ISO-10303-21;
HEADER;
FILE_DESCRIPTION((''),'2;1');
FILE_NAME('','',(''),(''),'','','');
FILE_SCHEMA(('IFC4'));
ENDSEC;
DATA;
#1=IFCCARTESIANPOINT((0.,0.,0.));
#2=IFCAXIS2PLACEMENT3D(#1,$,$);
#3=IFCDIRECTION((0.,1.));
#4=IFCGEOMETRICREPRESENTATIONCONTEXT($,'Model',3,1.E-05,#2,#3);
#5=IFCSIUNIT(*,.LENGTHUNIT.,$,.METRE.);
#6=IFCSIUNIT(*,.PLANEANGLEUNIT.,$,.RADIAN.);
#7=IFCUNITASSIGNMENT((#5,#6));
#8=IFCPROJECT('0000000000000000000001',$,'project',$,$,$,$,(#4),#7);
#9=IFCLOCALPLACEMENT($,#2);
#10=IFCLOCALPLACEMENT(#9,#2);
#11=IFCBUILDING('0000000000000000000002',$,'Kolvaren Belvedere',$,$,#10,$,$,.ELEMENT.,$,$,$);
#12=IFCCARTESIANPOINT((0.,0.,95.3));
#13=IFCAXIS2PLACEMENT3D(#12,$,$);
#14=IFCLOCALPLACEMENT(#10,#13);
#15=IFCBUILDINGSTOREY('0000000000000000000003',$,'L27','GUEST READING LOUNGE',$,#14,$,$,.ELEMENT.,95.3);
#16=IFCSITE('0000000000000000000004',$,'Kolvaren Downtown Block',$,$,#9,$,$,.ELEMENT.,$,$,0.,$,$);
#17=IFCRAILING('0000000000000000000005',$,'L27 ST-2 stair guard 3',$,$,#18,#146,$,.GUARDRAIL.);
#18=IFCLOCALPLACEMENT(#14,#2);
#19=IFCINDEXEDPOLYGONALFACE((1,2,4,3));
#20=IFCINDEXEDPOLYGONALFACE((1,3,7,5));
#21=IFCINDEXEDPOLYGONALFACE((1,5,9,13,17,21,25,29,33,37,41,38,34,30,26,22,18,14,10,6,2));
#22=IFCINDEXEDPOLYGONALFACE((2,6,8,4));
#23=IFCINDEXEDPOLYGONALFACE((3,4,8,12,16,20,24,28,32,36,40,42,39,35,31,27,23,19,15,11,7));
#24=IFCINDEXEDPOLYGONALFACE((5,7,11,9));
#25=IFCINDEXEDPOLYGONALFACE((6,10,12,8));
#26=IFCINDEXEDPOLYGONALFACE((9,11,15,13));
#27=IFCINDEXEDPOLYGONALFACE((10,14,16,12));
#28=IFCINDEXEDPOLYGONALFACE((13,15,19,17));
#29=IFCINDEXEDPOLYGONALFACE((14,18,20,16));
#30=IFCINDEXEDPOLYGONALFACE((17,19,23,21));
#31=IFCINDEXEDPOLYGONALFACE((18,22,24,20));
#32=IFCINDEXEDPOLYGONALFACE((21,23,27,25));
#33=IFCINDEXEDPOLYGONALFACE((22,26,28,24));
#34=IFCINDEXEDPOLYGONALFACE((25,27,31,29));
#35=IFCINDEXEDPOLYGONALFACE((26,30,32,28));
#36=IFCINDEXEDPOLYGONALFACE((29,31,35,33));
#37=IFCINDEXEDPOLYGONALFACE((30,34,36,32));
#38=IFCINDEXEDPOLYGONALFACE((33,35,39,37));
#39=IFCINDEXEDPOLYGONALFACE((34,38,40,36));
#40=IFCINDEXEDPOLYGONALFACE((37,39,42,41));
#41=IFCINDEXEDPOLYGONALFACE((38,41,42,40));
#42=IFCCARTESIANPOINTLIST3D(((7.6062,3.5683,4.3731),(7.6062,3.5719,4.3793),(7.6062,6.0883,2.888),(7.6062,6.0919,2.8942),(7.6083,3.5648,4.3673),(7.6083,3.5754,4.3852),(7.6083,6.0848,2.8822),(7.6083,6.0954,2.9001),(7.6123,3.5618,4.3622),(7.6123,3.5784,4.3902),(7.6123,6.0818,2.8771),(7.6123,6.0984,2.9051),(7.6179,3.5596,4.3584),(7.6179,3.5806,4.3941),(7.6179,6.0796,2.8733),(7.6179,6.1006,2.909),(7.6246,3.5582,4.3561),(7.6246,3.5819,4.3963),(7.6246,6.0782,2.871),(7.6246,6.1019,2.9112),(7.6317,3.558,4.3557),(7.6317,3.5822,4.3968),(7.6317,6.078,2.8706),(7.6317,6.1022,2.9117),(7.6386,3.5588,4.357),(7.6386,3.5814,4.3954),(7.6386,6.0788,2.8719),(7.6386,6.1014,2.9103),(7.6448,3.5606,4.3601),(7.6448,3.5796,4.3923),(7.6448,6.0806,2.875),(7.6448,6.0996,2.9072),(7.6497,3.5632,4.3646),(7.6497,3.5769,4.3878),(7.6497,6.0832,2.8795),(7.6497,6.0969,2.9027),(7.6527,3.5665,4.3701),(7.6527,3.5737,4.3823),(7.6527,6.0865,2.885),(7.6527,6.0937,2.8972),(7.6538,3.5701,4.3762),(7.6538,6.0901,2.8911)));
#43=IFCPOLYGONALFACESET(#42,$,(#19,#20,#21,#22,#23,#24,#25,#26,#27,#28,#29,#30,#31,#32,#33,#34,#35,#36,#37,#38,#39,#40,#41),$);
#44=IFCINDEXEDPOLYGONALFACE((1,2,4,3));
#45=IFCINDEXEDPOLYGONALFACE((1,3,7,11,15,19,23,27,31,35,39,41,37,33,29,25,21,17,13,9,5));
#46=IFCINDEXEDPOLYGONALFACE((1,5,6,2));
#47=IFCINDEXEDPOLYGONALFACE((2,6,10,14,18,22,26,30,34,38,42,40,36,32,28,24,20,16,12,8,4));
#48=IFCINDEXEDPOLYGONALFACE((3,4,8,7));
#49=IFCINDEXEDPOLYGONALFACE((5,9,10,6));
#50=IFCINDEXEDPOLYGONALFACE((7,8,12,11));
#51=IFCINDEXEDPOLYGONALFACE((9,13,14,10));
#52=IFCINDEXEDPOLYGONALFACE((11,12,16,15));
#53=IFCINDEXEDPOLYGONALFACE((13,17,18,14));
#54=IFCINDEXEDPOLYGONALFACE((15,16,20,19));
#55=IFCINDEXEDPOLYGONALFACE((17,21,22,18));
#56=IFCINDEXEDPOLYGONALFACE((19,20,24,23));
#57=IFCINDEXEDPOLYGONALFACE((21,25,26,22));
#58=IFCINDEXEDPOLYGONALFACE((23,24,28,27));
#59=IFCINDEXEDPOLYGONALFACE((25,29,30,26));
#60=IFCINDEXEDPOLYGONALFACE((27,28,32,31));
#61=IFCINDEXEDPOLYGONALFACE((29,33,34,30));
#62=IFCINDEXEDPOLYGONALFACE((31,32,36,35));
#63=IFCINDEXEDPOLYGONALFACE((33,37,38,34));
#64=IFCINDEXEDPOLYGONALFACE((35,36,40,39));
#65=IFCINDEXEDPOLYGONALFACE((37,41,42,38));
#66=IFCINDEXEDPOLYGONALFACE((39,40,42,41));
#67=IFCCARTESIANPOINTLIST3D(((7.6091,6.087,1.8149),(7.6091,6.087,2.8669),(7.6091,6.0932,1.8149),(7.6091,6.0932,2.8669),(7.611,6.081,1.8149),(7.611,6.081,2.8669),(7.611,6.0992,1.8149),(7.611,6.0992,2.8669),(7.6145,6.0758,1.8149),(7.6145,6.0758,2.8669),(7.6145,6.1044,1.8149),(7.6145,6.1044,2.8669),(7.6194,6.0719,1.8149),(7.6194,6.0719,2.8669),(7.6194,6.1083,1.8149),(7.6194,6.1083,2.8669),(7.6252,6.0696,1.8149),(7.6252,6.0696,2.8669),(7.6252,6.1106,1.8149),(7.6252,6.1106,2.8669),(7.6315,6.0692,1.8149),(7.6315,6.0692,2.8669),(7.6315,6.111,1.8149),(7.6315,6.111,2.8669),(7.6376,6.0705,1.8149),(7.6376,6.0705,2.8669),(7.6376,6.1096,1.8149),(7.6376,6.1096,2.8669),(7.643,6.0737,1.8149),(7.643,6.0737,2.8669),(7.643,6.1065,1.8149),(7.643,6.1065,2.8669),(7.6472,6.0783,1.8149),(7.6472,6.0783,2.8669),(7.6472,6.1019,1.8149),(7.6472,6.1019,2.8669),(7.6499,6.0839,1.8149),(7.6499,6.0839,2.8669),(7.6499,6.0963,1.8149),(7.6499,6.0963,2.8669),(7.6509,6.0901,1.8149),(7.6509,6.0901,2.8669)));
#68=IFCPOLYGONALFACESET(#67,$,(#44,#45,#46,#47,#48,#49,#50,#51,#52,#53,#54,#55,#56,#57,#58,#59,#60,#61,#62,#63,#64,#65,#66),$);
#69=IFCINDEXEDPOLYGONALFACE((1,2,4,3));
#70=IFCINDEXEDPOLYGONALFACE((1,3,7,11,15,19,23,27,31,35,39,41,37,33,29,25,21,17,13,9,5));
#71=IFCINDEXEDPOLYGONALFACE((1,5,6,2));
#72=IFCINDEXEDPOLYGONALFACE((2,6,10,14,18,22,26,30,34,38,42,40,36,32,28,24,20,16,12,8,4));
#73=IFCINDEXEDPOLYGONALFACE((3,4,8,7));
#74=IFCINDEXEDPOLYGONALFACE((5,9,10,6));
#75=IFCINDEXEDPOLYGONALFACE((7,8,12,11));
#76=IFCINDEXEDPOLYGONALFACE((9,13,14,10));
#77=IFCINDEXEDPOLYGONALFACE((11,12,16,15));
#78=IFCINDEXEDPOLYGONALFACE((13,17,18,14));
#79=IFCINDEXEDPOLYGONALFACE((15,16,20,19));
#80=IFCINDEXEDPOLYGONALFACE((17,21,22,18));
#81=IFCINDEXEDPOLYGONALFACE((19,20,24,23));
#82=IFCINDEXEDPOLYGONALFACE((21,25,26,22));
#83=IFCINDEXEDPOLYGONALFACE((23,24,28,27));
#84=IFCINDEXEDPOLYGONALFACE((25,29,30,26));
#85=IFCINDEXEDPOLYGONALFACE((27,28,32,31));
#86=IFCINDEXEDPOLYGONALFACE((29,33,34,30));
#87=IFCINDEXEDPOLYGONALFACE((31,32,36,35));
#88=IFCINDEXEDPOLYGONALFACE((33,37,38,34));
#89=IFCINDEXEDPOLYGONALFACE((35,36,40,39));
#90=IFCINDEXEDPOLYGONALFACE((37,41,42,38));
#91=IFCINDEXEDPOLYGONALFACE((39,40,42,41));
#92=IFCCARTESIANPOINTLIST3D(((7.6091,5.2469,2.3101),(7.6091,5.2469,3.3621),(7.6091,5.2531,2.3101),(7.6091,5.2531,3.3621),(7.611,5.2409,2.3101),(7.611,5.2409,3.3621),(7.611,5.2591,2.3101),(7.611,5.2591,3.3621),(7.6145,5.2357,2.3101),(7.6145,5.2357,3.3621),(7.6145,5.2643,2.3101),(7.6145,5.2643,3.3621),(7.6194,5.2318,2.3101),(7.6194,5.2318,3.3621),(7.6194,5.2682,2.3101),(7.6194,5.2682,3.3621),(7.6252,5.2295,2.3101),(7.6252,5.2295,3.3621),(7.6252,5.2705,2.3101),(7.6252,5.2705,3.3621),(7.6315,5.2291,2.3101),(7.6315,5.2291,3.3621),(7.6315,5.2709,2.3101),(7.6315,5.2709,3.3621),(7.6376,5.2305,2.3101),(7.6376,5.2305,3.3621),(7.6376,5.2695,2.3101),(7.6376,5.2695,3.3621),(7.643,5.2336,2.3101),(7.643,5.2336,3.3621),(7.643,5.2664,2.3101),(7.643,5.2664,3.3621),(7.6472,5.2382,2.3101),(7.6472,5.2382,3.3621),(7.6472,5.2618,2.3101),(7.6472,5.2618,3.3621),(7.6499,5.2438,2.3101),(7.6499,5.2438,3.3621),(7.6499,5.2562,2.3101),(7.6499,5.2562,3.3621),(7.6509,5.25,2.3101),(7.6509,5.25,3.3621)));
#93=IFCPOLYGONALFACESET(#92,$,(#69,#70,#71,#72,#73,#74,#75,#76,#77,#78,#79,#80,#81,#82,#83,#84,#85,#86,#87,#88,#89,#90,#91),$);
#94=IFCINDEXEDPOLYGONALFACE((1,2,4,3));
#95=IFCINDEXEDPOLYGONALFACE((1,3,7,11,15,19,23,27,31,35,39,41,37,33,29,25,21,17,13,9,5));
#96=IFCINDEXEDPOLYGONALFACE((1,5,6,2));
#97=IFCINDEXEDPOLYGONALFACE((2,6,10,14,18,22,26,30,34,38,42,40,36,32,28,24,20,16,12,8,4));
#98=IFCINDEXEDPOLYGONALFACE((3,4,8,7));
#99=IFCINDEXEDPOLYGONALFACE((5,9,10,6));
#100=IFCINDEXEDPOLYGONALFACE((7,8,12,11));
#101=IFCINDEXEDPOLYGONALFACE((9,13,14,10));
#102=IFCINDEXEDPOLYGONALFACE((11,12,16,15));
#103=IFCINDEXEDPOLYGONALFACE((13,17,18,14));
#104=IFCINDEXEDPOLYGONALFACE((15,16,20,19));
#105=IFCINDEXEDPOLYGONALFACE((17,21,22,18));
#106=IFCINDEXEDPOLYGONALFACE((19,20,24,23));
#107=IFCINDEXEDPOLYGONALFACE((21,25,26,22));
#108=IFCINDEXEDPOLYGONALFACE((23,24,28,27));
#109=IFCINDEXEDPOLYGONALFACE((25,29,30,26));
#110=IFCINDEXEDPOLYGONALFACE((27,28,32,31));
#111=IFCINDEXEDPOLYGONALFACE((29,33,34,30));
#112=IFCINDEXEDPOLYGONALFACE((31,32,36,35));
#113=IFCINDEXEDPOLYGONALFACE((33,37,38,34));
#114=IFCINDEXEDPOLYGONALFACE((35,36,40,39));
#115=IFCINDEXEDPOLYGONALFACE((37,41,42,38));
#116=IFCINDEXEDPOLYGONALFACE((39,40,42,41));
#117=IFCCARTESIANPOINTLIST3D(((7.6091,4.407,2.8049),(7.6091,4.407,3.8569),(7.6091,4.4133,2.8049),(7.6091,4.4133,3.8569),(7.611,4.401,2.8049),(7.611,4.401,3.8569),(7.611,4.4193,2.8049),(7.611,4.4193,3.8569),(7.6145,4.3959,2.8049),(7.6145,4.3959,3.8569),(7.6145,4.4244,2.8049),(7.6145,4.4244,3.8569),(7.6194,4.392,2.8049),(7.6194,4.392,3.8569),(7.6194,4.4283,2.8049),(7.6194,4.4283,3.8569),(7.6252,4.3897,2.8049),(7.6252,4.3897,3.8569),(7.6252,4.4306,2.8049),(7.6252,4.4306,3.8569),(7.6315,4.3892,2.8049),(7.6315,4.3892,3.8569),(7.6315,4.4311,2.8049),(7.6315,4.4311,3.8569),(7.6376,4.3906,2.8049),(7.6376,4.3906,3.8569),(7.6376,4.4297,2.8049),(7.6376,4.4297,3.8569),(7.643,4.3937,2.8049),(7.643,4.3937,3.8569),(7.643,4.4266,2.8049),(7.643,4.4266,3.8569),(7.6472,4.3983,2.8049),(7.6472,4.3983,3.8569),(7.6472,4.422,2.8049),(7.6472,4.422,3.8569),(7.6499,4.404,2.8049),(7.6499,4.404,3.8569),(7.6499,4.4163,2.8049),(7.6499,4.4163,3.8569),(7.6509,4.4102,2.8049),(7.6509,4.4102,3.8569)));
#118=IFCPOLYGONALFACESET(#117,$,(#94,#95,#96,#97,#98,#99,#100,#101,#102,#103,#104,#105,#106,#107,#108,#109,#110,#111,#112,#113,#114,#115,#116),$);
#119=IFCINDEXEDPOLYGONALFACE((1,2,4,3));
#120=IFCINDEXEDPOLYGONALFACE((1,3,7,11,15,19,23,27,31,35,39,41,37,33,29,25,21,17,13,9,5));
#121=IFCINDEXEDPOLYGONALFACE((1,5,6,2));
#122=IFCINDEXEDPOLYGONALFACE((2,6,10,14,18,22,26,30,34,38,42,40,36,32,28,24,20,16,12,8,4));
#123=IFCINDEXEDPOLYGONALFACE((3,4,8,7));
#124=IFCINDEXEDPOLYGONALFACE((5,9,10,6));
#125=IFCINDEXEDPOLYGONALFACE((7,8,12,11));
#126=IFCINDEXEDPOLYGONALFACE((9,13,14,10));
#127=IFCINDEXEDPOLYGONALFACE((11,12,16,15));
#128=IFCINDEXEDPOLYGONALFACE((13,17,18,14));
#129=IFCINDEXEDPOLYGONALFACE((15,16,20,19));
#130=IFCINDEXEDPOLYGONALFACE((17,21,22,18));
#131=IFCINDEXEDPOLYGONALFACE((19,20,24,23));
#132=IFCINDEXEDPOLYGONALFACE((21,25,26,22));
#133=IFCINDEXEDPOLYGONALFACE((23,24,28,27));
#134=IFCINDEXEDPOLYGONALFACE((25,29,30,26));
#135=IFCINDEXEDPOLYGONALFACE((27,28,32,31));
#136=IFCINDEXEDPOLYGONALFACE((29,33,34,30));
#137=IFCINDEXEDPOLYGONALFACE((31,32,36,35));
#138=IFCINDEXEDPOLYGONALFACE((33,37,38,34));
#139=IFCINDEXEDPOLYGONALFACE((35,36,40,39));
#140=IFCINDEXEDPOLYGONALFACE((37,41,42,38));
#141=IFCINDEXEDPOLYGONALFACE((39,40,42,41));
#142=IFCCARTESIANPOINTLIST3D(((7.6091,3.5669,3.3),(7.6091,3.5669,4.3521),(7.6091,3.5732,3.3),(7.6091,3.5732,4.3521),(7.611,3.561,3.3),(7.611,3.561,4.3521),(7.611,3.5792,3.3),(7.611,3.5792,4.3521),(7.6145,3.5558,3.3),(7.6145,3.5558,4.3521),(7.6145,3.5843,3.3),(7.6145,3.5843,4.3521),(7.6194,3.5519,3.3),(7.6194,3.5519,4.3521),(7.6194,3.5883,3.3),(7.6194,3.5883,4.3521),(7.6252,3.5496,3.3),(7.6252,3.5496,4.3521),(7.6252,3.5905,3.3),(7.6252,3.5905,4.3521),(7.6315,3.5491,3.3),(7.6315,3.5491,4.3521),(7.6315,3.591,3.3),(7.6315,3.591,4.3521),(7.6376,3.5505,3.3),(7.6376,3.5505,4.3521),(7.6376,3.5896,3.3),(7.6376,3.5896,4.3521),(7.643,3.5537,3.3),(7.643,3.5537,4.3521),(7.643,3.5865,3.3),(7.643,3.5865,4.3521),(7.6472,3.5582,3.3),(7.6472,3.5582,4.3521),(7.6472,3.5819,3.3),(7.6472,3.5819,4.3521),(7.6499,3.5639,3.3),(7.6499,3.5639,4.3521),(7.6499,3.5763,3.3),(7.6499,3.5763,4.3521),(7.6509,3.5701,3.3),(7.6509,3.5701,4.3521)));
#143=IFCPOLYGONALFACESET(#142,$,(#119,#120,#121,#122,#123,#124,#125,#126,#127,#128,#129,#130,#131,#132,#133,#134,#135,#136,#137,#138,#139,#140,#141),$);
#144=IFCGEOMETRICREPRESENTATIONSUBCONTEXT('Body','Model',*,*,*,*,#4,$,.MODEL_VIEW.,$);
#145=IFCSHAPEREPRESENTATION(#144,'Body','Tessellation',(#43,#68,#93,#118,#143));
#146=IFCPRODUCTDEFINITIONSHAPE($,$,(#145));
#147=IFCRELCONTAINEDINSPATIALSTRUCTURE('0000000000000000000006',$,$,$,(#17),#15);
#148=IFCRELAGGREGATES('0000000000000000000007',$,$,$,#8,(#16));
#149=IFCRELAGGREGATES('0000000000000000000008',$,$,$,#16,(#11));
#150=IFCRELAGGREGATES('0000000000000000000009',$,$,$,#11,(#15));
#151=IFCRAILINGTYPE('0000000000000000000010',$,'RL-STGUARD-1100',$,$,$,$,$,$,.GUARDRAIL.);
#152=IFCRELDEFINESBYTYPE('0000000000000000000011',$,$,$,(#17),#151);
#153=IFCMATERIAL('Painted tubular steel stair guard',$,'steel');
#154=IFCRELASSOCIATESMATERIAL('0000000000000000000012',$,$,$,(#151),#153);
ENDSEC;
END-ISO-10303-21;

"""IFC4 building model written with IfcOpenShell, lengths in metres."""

from ifc_helpers import new_model, si_unit, direction, frame, origin, origin_2d, place, context, subcontext, project, spatial, circle, extrude, material, type_object, element, save


model = new_model("IFC4")

# Units and contexts
model_context = context("Model", 3, precision=1e-05, world=origin(), true_north=direction((0.0, 1.0)))
body_context = subcontext(model_context, "Body", "Model", "MODEL_VIEW")
ifc_project = project(units=[si_unit("LENGTHUNIT", "METRE"), si_unit("PLANEANGLEUNIT", "RADIAN")], contexts=[model_context])

# Site, building, storey
site_placement = place(None, origin())
site = spatial("IfcSite", under=ifc_project, at=site_placement, Name="Kolvaren Downtown Block", CompositionType="ELEMENT", RefElevation=0.0)
building_placement = place(site_placement, origin())
building = spatial("IfcBuilding", under=site, at=building_placement, Name="Kolvaren Belvedere", CompositionType="ELEMENT")
storey_placement = place(building_placement, frame((0.0, 0.0, 95.3)))
storey = spatial("IfcBuildingStorey", under=building, at=storey_placement, Name="L27", Description="GUEST READING LOUNGE", CompositionType="ELEMENT", Elevation=95.3)

# Railing
ifc_material_1 = material(Name="Painted tubular steel stair guard", Category="steel")
railing_type_1 = type_object("IfcRailingType", Name="RL-STGUARD-1100", PredefinedType="GUARDRAIL", material=ifc_material_1)
railing_1_placement = place(storey_placement, frame((7.6299, 6.0901, 1.8149)))
element("IfcRailing", 1, at=railing_1_placement, inside=storey, type_object=railing_type_1, Name="L27 ST-2 stair guard 3", PredefinedType="GUARDRAIL", context=body_context, shape_type="SweptSolid", body=[
    extrude(circle(Radius=0.0239, at=origin_2d()), frame((0.0, 0.0, 1.0762), z_axis=(0.0, -0.861524, 0.507717), x_axis=(1.0, 0.0, 0.0)), (0.0, 0.0, 1.0), 2.925),
    extrude(circle(Radius=0.021, at=origin_2d()), origin(), (0.0, 0.0, 1.0), 1.052),
    extrude(circle(Radius=0.021, at=origin_2d()), frame((0.0, -0.8401, 0.4951)), (0.0, 0.0, 1.0), 1.052),
    extrude(circle(Radius=0.021, at=origin_2d()), frame((0.0, -1.6799, 0.99)), (0.0, 0.0, 1.0), 1.052),
    extrude(circle(Radius=0.021, at=origin_2d()), frame((0.0, -2.52, 1.4851)), (0.0, 0.0, 1.0), 1.052),
])

save(model, "model.ifc")
